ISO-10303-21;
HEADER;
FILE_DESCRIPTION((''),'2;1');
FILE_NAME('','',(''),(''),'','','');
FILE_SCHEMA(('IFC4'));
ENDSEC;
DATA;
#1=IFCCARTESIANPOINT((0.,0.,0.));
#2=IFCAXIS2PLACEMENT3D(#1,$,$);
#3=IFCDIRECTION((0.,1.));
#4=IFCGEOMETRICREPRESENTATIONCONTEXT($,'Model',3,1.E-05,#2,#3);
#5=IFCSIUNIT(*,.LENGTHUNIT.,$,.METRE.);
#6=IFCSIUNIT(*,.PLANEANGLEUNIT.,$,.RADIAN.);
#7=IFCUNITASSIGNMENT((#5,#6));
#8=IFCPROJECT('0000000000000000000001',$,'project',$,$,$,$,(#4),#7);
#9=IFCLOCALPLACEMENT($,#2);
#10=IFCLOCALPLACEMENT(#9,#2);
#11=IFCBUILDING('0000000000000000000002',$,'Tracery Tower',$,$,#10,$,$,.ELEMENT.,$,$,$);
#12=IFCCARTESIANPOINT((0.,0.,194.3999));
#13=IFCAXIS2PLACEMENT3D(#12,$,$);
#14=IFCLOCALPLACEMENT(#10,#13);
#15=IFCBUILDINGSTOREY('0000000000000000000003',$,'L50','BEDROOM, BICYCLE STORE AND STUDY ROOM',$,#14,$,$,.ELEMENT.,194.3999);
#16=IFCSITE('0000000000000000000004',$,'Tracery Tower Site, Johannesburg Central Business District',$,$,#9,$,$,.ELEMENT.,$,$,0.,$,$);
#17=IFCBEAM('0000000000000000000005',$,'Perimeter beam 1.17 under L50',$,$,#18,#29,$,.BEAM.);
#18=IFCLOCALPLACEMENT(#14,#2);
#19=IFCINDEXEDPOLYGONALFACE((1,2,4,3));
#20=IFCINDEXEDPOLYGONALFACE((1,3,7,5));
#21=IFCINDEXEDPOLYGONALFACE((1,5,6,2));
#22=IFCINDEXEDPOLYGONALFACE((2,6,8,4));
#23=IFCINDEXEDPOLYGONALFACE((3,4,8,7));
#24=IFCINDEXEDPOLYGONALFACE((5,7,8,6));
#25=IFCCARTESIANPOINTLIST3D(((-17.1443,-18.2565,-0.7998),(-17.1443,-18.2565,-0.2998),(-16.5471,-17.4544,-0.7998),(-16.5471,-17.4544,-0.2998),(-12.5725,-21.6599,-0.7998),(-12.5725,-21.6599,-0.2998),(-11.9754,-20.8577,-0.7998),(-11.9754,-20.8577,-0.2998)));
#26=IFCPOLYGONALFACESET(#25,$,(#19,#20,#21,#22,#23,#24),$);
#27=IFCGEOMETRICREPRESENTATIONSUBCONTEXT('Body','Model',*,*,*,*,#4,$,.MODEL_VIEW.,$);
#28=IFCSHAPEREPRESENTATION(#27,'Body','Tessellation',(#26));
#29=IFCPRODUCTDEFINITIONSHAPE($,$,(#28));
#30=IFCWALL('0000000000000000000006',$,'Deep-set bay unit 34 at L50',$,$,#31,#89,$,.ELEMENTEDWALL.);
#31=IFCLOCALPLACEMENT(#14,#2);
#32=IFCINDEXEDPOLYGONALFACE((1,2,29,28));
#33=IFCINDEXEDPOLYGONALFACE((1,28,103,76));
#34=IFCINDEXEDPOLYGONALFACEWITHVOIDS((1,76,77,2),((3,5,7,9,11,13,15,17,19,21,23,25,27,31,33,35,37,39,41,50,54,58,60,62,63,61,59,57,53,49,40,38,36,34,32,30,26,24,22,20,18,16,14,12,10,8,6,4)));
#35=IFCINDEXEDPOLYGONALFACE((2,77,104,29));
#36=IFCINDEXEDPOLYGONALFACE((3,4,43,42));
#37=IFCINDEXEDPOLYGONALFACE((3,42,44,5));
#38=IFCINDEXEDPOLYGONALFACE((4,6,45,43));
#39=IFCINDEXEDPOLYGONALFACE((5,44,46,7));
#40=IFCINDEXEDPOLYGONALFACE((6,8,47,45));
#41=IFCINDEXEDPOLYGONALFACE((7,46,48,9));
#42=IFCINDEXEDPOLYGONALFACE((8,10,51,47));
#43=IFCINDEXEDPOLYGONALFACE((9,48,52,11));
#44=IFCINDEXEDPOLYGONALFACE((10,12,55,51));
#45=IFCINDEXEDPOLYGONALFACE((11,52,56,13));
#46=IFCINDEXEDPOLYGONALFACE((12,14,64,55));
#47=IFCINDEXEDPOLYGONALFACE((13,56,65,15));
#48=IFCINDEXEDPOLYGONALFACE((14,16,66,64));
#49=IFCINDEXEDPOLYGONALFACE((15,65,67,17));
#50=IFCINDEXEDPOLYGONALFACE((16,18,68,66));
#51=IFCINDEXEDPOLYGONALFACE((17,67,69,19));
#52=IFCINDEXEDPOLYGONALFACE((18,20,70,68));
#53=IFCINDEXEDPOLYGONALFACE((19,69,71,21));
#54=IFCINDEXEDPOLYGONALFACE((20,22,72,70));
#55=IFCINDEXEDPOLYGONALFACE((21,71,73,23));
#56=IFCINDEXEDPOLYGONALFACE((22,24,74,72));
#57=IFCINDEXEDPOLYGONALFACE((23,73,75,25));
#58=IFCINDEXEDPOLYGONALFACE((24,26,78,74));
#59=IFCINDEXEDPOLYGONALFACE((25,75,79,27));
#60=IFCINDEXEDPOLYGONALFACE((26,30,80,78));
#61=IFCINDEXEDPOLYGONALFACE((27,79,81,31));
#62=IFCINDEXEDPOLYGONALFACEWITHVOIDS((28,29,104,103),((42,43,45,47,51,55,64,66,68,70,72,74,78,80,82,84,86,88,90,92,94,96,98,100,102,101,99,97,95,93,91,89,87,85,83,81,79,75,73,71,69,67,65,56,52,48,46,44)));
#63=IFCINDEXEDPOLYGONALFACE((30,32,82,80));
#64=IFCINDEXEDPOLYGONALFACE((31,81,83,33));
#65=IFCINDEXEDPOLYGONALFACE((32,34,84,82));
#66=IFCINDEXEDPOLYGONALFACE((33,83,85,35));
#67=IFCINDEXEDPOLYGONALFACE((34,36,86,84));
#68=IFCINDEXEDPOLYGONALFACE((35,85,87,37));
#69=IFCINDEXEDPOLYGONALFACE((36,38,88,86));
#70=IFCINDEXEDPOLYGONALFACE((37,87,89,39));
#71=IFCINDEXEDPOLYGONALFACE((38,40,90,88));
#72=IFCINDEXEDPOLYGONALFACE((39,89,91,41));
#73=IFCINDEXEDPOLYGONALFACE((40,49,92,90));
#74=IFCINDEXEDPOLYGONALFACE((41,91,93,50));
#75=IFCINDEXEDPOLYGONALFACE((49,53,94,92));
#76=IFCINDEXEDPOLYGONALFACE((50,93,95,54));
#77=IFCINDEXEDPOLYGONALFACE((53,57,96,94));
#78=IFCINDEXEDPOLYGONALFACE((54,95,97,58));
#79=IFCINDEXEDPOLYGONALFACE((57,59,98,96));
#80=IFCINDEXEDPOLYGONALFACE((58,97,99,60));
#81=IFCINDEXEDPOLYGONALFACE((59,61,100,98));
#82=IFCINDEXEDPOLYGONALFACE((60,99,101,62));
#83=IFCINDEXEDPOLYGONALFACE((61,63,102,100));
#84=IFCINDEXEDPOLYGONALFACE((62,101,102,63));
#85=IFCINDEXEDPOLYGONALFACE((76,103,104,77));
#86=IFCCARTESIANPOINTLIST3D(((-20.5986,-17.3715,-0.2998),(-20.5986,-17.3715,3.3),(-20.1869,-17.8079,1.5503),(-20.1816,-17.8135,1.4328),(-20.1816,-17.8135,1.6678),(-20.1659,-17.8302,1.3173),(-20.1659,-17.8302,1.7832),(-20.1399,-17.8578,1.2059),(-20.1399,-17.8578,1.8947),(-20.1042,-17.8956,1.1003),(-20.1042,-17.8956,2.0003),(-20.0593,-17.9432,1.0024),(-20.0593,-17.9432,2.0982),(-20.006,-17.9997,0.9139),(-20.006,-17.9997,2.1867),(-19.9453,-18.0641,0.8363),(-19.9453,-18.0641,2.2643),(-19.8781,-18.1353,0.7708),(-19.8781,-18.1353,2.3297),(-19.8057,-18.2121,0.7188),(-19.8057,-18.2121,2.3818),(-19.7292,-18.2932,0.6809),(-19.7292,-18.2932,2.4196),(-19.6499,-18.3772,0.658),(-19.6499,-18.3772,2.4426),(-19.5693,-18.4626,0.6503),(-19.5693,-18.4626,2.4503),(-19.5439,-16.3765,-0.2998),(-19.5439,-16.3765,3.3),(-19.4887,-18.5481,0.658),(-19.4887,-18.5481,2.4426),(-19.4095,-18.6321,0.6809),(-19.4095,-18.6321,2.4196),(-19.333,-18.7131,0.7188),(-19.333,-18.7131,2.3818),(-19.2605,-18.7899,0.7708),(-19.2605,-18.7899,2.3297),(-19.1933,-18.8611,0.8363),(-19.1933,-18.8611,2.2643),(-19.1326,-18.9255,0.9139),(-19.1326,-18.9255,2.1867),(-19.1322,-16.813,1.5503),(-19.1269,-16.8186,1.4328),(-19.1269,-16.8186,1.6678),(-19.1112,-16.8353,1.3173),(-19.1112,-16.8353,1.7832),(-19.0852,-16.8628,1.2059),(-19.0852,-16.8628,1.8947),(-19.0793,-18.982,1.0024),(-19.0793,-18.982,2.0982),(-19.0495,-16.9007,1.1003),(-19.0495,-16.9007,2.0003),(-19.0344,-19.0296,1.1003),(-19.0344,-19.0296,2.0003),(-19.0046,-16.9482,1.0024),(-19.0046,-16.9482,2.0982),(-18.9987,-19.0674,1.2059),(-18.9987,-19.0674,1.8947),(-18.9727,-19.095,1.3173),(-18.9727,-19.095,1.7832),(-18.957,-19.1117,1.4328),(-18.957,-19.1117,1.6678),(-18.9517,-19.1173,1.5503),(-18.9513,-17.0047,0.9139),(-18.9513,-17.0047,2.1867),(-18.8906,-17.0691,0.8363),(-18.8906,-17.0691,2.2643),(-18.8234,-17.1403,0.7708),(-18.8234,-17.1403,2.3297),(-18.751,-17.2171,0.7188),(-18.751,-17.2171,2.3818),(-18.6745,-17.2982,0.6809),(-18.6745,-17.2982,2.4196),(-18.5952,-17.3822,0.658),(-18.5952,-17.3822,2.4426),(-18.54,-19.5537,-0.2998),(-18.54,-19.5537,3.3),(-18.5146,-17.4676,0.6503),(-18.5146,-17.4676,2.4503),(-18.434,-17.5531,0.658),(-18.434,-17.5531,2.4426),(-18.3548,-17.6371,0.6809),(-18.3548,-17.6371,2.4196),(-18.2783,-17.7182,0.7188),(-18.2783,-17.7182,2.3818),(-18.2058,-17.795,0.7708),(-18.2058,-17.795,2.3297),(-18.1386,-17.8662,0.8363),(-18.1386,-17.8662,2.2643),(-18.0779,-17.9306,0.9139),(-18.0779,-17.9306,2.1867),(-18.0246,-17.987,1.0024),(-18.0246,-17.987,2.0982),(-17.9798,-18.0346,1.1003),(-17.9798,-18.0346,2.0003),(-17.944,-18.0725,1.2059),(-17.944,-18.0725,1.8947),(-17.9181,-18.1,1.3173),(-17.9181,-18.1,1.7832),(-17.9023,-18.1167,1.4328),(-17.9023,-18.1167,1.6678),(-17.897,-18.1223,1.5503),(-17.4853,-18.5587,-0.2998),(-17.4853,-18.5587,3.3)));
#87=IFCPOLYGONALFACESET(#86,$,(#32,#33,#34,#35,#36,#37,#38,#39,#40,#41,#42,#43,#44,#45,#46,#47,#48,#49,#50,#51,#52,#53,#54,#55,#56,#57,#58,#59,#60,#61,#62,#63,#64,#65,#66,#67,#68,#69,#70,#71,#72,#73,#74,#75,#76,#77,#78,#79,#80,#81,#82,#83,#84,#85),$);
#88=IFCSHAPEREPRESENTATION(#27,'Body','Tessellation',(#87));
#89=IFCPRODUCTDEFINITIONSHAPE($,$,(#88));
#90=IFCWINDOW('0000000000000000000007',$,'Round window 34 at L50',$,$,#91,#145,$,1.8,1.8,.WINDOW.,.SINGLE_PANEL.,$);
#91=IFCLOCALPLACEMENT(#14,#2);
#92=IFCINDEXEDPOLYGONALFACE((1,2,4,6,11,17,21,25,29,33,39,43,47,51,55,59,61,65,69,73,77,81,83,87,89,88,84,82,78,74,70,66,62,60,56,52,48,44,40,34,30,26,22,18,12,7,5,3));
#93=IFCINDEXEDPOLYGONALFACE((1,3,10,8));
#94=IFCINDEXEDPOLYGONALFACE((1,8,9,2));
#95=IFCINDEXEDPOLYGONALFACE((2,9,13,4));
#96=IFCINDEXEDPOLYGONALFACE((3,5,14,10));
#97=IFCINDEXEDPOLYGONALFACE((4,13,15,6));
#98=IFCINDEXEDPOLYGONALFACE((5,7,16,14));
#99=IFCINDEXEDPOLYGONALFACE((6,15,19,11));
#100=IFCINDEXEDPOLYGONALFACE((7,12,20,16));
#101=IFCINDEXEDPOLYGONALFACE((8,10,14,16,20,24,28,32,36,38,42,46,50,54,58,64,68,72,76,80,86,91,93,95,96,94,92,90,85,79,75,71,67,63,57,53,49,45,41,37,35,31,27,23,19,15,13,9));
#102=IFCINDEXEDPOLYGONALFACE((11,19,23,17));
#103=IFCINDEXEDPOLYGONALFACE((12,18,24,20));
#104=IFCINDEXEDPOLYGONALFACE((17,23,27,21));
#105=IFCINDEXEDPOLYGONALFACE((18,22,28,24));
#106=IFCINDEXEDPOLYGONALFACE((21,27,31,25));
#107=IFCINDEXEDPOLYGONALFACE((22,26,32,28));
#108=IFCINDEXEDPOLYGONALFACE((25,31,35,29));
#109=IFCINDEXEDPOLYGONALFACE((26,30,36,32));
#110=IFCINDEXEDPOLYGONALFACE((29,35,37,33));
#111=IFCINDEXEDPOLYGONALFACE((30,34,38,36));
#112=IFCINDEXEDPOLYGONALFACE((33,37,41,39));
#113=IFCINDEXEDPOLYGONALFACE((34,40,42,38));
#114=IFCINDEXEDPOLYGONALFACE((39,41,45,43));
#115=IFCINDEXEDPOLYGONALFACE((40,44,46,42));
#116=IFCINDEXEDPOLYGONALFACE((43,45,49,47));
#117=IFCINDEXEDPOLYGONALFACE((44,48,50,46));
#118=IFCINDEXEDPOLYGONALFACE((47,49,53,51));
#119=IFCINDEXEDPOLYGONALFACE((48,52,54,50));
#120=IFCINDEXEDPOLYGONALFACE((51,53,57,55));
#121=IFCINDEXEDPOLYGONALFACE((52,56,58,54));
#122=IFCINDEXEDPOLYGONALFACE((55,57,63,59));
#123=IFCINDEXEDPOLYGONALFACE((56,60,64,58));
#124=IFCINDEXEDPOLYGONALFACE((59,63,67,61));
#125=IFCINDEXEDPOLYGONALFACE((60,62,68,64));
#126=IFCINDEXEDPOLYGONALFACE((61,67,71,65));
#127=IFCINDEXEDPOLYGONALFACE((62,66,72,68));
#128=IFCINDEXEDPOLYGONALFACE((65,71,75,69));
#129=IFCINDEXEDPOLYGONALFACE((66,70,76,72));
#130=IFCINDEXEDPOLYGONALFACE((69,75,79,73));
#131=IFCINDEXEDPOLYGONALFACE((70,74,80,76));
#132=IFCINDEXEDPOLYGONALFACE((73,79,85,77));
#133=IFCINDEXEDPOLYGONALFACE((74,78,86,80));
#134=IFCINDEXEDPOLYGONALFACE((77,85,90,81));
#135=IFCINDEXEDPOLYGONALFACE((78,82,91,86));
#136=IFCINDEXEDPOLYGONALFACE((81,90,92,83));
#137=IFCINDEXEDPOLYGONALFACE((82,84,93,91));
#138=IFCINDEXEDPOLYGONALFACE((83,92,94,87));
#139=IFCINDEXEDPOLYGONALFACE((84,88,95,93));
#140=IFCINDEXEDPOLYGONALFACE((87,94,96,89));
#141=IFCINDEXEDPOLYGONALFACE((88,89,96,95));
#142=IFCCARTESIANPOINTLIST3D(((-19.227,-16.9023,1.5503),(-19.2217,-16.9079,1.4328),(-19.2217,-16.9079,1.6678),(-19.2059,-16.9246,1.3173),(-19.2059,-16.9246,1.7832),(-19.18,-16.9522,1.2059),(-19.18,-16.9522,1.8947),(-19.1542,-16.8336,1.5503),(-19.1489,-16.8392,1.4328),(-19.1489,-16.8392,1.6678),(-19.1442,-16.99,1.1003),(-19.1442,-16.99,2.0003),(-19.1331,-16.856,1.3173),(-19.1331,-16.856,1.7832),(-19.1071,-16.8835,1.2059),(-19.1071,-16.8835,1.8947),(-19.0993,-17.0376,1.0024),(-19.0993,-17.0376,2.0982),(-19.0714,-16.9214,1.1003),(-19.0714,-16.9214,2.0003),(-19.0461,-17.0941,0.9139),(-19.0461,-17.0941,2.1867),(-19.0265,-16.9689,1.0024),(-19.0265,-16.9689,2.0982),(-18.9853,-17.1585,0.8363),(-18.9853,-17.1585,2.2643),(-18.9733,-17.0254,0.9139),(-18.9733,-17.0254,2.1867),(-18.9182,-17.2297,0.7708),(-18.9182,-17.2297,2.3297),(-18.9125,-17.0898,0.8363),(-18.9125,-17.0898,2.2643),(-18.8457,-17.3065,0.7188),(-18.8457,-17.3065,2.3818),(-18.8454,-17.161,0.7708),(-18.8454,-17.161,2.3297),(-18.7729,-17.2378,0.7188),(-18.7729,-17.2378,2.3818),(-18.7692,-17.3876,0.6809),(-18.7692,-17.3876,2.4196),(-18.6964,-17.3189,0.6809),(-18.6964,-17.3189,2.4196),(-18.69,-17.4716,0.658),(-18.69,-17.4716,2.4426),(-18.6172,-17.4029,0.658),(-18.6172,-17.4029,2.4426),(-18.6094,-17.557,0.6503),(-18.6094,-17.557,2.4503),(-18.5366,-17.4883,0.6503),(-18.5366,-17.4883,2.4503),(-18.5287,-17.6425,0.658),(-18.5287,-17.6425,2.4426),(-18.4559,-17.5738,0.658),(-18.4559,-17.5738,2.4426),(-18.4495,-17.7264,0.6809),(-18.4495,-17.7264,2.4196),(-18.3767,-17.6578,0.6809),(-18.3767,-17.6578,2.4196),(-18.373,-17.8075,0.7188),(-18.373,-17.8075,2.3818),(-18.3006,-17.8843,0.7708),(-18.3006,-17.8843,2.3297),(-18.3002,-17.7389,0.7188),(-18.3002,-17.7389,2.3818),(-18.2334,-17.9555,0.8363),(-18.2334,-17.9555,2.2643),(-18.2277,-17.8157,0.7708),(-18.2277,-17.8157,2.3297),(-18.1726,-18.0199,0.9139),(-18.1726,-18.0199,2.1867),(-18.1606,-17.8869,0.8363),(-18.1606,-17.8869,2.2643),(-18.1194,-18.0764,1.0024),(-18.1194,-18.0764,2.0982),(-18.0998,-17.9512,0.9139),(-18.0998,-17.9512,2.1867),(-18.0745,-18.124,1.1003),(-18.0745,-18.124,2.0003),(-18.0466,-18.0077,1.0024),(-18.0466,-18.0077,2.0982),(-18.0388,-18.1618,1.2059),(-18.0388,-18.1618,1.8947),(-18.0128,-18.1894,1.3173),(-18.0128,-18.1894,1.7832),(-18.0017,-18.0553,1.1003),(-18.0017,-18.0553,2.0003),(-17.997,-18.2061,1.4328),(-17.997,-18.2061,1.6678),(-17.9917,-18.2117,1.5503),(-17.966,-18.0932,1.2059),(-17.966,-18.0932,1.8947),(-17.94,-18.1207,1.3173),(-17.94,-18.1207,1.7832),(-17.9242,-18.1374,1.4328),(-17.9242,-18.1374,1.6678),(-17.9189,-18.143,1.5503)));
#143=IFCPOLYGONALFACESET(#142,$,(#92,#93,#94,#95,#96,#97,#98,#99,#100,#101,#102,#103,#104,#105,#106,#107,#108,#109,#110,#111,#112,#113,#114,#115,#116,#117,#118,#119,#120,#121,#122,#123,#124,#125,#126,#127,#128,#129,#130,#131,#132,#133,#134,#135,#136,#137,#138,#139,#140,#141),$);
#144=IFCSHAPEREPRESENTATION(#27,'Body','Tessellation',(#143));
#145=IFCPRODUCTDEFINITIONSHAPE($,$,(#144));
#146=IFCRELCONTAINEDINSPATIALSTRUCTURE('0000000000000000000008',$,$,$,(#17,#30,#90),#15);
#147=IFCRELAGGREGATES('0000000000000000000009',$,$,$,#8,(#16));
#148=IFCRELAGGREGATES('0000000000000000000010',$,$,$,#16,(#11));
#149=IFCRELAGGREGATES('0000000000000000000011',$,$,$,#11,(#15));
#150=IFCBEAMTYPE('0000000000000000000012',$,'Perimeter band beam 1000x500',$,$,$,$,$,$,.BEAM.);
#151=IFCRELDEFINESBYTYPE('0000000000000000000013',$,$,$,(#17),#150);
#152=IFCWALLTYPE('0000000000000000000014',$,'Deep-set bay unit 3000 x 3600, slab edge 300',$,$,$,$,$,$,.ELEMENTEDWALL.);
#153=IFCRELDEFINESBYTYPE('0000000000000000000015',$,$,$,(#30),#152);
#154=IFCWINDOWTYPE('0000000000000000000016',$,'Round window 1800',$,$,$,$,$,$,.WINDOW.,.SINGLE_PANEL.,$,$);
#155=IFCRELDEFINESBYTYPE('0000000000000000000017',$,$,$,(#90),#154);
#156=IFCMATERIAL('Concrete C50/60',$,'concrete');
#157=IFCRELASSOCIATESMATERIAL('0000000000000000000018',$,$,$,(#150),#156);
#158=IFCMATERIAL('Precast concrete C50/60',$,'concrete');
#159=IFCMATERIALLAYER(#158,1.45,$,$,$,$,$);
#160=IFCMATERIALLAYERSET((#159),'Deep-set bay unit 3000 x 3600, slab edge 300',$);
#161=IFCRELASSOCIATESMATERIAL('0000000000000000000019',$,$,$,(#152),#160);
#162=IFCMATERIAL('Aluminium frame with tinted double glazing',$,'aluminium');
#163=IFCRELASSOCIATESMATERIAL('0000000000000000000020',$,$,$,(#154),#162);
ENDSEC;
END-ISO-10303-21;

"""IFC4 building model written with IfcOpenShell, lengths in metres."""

from ifc_helpers import new_model, si_unit, direction, frame, frame_2d, origin, origin_2d, place, context, subcontext, project, spatial, rectangle, circle, extrude, material, layer, layer_set, material_profile, profile_set, type_object, element, fill, save


model = new_model("IFC4")

# Units and contexts
model_context = context("Model", 3, precision=1e-05, world=origin(), true_north=direction((0.0, 1.0)))
body_context = subcontext(model_context, "Body", "Model", "MODEL_VIEW")
ifc_project = project(units=[si_unit("LENGTHUNIT", "METRE"), si_unit("PLANEANGLEUNIT", "RADIAN")], contexts=[model_context])

# Site, building, storey
site_placement = place(None, origin())
site = spatial("IfcSite", under=ifc_project, at=site_placement, Name="Tracery Tower Site, Johannesburg Central Business District", CompositionType="ELEMENT", RefElevation=0.0)
building_placement = place(site_placement, origin())
building = spatial("IfcBuilding", under=site, at=building_placement, Name="Tracery Tower", CompositionType="ELEMENT")
storey_placement = place(building_placement, frame((0.0, 0.0, 194.3999)))
storey = spatial("IfcBuildingStorey", under=building, at=storey_placement, Name="L50", Description="BEDROOM, BICYCLE STORE AND STUDY ROOM", CompositionType="ELEMENT", Elevation=194.3999)

# Beam
ifc_material_1 = material(Name="Concrete C50/60", Category="concrete")
ifc_material_profile_1 = material_profile(ifc_material_1, rectangle(XDim=1.0, YDim=0.5, at=origin_2d()), Name="RC 1000x500")
ifc_profile_set_1 = profile_set([ifc_material_profile_1], Name="Concrete C50/60")
beam_type_1 = type_object("IfcBeamType", Name="Perimeter band beam 1000x500", PredefinedType="BEAM", material=ifc_profile_set_1)
beam_1_placement = place(storey_placement, frame((-16.8457, -17.8555, -0.5498), z_axis=(0.802144, -0.597131, 0.0), x_axis=(0.597131, 0.802144, 0.0)))
element("IfcBeam", 1, at=beam_1_placement, inside=storey, type_object=beam_type_1, Name="Perimeter beam 1.17 under L50", PredefinedType="BEAM", context=body_context, shape_type="SweptSolid", body=[
    extrude(rectangle(XDim=1.0, YDim=0.5, at=origin_2d()), origin(), (0.0, 0.0, 1.0), 5.6995),
])

# Wall, opening, window
ifc_material_2 = material(Name="Precast concrete C50/60", Category="concrete")
ifc_layer_1 = layer(ifc_material_2, 1.45)
ifc_layer_set_1 = layer_set([ifc_layer_1], Name="Deep-set bay unit 3000 x 3600, slab edge 300")
wall_type_1 = type_object("IfcWallType", Name="Deep-set bay unit 3000 x 3600, slab edge 300", PredefinedType="ELEMENTEDWALL", material=ifc_layer_set_1)
wall_1_placement = place(storey_placement, frame((-20.0713, -16.874, -0.2998), z_axis=(0.0, 0.0, 1.0), x_axis=(0.686217, -0.727397, 0.0)))
wall_1 = element("IfcWall", 2, at=wall_1_placement, inside=storey, type_object=wall_type_1, Name="Deep-set bay unit 34 at L50", PredefinedType="ELEMENTEDWALL", context=body_context, shape_type="SweptSolid", body=[
    extrude(rectangle(XDim=3.0, YDim=1.45, at=frame_2d((1.5, 0.0))), origin(), (0.0, 0.0, 1.0), 3.5999),
])
opening_1_placement = place(wall_1_placement, frame((1.5, 0.0, 1.8501)))
opening_1 = element("IfcOpeningElement", 3, at=opening_1_placement, cuts=wall_1, PredefinedType="OPENING", context=body_context, shape_type="SweptSolid", body=[
    extrude(circle(Radius=0.9, at=origin_2d()), frame((0.0, 0.7349, 0.0), z_axis=(0.0, -1.0, 0.0), x_axis=(1.0, 0.0, 0.0)), (0.0, 0.0, 1.0), 1.47),
])
ifc_material_3 = material(Name="Aluminium frame with tinted double glazing", Category="aluminium")
window_type = type_object("IfcWindowType", Name="Round window 1800", PartitioningType="SINGLE_PANEL", PredefinedType="WINDOW", material=ifc_material_3)
window_1_placement = place(opening_1_placement, origin())
window_1 = element("IfcWindow", 4, at=window_1_placement, inside=storey, type_object=window_type, Name="Round window 34 at L50", OverallHeight=1.8, OverallWidth=1.8, PartitioningType="SINGLE_PANEL", PredefinedType="WINDOW", context=body_context, shape_type="SweptSolid", body=[
    extrude(circle(Radius=0.9, at=origin_2d()), frame((0.0, 0.6948, 0.0), z_axis=(0.0, -1.0, 0.0), x_axis=(1.0, 0.0, 0.0)), (0.0, 0.0, 1.0), 0.1001),
])
fill(opening_1, window_1)

save(model, "model.ifc")
